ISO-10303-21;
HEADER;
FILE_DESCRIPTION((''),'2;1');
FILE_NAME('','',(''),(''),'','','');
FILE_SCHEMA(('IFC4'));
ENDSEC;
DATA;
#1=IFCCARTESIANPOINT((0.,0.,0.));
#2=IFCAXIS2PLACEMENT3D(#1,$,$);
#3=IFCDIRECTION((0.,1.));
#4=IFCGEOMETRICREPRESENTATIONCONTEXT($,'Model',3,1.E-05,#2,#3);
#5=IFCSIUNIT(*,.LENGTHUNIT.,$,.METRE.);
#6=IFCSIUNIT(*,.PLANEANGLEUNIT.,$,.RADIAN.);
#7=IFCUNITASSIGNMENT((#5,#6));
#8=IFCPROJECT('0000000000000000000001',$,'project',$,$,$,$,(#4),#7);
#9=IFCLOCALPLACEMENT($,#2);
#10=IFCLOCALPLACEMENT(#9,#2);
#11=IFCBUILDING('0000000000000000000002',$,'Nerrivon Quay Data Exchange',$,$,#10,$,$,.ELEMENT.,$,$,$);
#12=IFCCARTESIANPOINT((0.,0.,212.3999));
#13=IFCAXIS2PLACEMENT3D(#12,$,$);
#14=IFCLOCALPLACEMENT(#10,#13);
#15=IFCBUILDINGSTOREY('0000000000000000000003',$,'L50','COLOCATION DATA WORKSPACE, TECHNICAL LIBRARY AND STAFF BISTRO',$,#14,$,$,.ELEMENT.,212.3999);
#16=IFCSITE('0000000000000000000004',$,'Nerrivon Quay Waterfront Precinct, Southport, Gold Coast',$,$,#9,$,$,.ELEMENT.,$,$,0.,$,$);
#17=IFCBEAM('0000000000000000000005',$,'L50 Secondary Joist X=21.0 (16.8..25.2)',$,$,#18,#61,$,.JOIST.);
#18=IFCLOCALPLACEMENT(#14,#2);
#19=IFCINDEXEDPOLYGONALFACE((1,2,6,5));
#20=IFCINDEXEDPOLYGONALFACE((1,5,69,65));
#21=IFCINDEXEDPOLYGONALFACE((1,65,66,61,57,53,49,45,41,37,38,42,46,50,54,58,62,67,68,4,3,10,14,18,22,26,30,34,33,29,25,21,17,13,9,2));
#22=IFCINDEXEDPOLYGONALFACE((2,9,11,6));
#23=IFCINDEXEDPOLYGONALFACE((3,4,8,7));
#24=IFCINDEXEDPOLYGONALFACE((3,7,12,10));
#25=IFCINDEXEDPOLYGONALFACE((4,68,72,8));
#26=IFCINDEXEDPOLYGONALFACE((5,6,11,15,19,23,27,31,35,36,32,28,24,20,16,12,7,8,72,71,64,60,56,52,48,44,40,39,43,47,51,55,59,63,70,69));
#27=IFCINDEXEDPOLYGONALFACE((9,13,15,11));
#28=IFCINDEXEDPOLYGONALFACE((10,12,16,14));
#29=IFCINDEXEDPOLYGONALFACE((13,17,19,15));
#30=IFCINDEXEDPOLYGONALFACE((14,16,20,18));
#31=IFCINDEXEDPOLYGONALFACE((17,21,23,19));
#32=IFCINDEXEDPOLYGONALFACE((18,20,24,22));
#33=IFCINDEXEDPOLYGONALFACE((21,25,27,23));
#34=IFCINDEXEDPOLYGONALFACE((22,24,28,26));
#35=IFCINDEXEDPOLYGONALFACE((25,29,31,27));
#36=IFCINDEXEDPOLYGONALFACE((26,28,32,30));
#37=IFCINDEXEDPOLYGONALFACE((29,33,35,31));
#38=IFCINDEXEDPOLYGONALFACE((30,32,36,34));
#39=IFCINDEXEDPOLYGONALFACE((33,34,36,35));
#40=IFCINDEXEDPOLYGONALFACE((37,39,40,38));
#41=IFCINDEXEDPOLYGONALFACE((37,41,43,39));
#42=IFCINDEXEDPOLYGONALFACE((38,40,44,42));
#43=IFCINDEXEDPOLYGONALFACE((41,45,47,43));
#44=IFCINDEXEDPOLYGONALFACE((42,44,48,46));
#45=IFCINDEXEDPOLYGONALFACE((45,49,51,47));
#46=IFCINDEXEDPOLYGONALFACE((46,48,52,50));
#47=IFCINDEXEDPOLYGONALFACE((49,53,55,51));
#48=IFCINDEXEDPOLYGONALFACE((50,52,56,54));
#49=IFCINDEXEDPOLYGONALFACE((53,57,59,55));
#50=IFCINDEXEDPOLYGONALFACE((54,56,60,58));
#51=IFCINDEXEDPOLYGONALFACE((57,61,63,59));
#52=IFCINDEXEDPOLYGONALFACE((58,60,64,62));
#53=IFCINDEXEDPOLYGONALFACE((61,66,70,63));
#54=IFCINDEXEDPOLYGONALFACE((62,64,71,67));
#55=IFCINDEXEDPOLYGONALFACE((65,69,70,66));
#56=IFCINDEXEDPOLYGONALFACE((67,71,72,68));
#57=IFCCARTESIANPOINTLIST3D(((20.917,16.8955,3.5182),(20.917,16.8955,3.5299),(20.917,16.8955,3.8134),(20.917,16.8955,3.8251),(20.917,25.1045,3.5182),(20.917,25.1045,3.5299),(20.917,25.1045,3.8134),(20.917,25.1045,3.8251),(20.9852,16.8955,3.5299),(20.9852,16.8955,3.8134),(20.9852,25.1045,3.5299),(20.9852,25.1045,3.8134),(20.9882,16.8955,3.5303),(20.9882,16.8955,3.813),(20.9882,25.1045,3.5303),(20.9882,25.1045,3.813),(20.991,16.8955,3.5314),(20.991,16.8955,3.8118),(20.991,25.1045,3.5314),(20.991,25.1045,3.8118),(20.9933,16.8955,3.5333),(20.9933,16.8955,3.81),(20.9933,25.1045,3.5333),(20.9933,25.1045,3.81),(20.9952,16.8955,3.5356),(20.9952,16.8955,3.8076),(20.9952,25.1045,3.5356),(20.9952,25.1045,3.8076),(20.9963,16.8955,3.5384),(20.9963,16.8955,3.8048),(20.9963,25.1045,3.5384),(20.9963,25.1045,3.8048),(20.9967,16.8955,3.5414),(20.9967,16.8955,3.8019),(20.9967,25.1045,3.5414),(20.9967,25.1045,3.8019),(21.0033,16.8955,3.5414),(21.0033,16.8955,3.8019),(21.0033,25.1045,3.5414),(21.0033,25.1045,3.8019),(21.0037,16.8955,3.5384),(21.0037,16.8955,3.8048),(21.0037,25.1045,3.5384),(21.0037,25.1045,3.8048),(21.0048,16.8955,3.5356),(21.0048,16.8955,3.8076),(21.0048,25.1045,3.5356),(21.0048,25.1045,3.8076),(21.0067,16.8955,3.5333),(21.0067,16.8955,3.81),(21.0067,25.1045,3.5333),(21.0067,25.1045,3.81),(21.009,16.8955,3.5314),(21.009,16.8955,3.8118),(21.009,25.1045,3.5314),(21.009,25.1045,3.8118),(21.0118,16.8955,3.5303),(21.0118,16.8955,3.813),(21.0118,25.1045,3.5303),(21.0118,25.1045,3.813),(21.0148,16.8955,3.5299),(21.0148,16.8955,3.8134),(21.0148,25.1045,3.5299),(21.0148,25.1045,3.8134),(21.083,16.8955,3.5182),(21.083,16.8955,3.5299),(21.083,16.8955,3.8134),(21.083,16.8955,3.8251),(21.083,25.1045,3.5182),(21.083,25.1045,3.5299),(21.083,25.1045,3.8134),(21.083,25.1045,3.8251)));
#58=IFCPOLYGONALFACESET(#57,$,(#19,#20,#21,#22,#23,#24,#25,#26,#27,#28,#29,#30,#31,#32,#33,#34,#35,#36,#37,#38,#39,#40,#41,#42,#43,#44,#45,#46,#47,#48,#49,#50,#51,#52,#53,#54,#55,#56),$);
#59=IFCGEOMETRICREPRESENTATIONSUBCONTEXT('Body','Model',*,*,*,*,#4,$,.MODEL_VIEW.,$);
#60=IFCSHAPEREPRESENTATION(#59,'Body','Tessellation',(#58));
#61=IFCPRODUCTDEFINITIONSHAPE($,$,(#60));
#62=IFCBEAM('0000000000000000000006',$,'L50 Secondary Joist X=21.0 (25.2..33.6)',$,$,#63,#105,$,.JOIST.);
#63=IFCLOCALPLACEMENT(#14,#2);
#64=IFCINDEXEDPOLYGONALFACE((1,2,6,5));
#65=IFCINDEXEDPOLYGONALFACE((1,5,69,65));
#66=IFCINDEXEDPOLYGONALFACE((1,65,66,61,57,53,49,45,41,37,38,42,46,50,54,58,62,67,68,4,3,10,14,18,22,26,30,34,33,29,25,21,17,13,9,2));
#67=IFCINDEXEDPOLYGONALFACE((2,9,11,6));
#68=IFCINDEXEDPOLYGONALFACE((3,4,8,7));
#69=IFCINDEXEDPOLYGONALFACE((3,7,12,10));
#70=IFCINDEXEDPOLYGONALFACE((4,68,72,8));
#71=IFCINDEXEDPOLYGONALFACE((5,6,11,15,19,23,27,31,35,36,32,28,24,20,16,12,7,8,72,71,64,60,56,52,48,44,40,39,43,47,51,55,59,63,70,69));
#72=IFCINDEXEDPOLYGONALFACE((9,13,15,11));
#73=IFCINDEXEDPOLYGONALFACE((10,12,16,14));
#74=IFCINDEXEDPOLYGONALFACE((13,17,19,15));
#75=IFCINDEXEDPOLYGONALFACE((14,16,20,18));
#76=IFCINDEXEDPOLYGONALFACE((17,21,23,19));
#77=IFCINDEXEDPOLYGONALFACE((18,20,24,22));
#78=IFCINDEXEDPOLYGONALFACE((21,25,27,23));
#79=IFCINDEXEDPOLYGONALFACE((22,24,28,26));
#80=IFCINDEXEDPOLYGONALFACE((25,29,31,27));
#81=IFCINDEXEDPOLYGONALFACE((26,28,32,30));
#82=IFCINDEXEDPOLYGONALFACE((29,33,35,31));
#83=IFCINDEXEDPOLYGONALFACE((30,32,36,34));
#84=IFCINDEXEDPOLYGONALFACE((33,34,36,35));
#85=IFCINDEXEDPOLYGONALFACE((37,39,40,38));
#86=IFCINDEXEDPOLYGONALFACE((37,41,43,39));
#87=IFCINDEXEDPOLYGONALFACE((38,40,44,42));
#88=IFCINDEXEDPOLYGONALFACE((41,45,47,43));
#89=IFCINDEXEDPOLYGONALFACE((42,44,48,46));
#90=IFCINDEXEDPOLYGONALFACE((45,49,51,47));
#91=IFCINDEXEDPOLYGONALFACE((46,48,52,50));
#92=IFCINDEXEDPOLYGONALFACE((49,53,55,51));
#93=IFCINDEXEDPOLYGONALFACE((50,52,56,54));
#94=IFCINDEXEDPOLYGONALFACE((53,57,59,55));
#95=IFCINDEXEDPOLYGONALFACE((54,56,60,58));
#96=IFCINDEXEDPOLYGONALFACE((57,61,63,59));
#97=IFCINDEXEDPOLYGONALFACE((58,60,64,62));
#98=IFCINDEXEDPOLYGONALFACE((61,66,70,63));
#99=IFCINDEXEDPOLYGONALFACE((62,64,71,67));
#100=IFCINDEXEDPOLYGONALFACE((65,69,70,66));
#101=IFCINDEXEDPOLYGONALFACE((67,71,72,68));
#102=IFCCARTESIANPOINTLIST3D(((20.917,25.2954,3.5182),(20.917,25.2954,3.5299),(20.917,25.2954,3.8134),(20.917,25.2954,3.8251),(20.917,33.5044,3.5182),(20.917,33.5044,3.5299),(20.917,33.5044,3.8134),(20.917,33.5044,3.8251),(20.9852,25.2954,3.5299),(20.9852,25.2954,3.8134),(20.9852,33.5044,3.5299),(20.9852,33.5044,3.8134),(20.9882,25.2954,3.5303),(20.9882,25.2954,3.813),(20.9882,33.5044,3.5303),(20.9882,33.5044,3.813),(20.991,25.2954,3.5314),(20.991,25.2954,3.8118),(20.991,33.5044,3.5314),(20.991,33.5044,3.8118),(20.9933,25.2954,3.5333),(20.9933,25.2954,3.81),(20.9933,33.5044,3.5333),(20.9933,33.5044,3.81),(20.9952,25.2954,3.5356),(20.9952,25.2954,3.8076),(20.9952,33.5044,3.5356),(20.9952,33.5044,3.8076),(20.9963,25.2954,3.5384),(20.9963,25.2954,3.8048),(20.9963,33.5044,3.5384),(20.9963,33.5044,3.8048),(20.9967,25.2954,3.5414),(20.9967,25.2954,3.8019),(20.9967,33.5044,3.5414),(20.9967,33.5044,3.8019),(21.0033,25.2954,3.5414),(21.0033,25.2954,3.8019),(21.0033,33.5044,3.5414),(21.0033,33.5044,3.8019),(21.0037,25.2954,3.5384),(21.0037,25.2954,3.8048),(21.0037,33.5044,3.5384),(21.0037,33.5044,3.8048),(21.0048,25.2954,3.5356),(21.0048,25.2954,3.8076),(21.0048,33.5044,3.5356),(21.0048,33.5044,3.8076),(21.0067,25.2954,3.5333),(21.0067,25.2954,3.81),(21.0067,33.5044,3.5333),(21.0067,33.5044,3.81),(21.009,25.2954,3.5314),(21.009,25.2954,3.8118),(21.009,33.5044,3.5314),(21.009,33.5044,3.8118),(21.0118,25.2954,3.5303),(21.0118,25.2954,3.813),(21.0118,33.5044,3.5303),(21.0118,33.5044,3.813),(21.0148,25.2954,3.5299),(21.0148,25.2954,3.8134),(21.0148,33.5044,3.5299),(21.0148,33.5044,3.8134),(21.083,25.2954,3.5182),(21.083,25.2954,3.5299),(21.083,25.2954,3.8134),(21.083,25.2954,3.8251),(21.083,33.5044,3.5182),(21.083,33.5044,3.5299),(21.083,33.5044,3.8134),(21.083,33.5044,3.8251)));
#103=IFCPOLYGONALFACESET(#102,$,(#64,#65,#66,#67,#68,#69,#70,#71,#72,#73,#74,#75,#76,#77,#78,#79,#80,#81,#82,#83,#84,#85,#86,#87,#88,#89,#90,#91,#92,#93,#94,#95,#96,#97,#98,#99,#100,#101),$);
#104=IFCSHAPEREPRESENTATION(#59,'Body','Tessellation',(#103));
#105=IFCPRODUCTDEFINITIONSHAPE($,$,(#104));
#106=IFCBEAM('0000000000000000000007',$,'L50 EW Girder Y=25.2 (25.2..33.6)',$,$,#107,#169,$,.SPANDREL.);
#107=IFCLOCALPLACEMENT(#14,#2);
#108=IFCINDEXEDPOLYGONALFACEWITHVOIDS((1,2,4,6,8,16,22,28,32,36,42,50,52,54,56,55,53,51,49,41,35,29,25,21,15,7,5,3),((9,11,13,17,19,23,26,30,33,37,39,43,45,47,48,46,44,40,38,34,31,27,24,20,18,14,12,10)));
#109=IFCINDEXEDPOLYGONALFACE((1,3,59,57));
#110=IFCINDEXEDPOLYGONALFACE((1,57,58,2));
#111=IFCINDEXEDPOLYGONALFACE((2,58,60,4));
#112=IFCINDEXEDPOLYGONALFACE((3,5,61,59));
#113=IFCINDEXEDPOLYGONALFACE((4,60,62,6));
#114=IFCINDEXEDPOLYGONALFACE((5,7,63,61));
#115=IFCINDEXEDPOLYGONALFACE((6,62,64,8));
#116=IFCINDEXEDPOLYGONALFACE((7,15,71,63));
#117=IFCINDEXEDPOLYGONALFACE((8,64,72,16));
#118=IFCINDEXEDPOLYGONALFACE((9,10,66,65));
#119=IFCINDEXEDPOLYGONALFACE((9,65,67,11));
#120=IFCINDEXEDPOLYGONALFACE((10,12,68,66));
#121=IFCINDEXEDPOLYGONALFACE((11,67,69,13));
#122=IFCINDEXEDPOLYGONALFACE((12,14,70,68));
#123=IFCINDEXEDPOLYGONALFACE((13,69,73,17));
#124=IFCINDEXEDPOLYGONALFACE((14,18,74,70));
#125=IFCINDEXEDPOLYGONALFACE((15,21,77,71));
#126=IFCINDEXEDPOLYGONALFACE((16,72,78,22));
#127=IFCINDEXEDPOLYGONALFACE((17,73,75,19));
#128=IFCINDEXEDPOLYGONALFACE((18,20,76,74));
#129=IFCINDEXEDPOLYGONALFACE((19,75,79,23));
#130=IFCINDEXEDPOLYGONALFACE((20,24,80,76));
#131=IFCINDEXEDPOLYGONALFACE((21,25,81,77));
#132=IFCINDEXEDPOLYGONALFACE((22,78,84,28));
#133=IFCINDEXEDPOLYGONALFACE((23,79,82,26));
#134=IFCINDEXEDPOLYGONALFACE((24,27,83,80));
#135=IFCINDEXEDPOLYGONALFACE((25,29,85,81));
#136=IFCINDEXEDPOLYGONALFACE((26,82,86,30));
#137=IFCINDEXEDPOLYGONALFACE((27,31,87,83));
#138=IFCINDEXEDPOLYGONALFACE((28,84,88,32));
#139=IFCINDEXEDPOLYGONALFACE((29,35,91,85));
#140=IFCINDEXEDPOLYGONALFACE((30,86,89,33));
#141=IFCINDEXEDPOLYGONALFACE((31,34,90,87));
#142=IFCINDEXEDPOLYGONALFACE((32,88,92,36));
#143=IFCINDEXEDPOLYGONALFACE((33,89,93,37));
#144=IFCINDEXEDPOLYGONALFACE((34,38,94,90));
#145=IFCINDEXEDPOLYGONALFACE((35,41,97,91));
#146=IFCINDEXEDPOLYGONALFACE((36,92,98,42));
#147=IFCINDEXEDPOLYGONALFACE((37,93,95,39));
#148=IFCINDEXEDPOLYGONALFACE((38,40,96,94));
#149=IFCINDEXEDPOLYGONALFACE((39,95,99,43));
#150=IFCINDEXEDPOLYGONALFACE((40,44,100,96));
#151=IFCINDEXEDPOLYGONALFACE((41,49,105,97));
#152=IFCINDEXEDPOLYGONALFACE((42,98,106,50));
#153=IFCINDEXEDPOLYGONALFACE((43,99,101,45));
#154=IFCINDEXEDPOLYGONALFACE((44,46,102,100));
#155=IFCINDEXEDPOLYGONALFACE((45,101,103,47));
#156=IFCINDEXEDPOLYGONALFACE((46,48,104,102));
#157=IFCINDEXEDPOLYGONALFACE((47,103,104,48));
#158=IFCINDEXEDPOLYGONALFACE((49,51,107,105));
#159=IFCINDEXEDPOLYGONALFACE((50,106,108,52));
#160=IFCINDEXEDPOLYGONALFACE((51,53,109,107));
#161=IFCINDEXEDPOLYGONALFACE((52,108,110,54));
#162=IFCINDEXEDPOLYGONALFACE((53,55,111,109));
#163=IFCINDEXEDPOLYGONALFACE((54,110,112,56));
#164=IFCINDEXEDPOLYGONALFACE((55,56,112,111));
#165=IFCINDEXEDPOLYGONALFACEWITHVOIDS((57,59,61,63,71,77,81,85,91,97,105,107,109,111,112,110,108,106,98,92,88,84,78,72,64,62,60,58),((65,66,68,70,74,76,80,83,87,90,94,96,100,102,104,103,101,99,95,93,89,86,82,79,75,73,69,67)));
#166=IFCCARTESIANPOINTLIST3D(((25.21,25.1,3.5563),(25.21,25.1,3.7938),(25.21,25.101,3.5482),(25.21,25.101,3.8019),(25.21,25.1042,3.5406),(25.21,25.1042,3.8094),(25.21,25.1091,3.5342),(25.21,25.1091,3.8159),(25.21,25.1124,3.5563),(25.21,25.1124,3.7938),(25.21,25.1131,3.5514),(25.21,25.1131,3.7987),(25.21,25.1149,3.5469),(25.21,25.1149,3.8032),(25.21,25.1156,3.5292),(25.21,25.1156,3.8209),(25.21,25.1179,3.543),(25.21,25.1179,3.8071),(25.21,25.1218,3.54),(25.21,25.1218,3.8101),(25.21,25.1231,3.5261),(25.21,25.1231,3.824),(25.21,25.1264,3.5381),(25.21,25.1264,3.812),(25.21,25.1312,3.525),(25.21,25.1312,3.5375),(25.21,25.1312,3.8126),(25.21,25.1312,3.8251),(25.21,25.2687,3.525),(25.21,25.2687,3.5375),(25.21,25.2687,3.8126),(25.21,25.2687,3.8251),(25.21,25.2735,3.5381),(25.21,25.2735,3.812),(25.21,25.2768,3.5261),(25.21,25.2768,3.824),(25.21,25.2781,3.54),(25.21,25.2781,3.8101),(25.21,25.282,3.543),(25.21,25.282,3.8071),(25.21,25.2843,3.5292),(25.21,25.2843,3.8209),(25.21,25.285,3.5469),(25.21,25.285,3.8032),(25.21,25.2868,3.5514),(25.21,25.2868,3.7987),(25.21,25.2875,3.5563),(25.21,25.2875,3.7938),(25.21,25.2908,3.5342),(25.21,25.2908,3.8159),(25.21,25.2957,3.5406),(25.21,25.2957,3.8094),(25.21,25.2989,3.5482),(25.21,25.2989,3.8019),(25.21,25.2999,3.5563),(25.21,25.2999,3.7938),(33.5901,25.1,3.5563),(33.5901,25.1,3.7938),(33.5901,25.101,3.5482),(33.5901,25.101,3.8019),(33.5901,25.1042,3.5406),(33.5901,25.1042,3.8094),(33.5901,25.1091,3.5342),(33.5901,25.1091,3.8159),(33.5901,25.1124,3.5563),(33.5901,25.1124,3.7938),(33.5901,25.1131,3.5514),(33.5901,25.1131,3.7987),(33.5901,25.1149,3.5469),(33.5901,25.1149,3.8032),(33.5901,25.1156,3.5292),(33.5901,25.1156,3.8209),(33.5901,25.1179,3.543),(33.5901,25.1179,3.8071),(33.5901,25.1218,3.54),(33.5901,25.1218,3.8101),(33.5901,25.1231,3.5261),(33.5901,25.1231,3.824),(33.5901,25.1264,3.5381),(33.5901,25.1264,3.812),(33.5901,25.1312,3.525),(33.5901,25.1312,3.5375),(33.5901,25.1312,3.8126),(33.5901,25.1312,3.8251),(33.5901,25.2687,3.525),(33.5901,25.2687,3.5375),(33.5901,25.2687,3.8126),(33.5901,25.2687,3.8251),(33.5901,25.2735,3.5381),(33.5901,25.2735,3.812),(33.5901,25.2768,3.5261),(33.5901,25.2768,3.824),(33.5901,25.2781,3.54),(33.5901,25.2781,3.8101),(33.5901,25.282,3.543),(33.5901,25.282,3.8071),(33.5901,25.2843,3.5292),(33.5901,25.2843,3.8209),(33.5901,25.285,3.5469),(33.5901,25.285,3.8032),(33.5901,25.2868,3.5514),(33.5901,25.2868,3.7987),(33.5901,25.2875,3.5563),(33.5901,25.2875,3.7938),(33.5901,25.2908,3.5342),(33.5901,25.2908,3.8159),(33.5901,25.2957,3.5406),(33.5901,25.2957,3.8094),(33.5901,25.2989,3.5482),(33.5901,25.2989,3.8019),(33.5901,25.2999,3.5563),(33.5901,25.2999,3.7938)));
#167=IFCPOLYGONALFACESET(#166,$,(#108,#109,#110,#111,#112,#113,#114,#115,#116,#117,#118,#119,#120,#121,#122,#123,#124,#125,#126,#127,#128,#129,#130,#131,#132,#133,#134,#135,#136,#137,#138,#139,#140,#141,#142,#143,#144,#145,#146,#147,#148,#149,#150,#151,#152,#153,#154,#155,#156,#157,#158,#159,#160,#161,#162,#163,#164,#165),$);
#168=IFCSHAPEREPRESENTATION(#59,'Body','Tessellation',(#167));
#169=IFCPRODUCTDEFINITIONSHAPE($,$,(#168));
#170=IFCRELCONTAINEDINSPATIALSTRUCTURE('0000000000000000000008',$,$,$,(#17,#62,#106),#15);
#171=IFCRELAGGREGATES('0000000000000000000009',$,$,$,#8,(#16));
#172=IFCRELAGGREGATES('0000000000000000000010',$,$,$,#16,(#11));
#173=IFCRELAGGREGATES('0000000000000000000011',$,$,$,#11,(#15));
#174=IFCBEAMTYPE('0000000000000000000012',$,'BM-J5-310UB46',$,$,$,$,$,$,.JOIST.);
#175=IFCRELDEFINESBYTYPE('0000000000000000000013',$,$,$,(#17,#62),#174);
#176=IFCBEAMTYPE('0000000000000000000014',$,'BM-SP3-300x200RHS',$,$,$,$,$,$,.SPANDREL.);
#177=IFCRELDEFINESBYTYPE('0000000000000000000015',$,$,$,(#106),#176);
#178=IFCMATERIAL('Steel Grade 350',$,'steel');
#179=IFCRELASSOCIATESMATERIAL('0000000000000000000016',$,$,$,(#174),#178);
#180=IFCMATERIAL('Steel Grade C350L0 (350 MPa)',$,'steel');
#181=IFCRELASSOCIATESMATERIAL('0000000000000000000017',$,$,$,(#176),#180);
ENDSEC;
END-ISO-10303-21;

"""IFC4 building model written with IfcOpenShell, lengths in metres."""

from ifc_helpers import new_model, si_unit, direction, frame, origin, origin_2d, place, context, subcontext, project, spatial, hollow_rectangle, i_section, extrude, material, material_profile, profile_set, type_object, element, save


model = new_model("IFC4")

# Units and contexts
model_context = context("Model", 3, precision=1e-05, world=origin(), true_north=direction((0.0, 1.0)))
body_context = subcontext(model_context, "Body", "Model", "MODEL_VIEW")
ifc_project = project(units=[si_unit("LENGTHUNIT", "METRE"), si_unit("PLANEANGLEUNIT", "RADIAN")], contexts=[model_context])

# Site, building, storey
site_placement = place(None, origin())
site = spatial("IfcSite", under=ifc_project, at=site_placement, Name="Nerrivon Quay Waterfront Precinct, Southport, Gold Coast", CompositionType="ELEMENT", RefElevation=0.0)
building_placement = place(site_placement, origin())
building = spatial("IfcBuilding", under=site, at=building_placement, Name="Nerrivon Quay Data Exchange", CompositionType="ELEMENT")
storey_placement = place(building_placement, frame((0.0, 0.0, 212.3999)))
storey = spatial("IfcBuildingStorey", under=building, at=storey_placement, Name="L50", Description="COLOCATION DATA WORKSPACE, TECHNICAL LIBRARY AND STAFF BISTRO", CompositionType="ELEMENT", Elevation=212.3999)

# Shared definitions
ifc_material_1 = material(Name="Steel Grade 350", Category="steel")

# Beams
ifc_material_profile_1 = material_profile(ifc_material_1, i_section(OverallWidth=0.166, OverallDepth=0.3069, WebThickness=0.0066, FlangeThickness=0.0117, FilletRadius=0.0115, at=origin_2d()), Name="310UB46.2")
ifc_profile_set_1 = profile_set([ifc_material_profile_1], Name="Steel Grade 350")
beam_type_1 = type_object("IfcBeamType", Name="BM-J5-310UB46", PredefinedType="JOIST", material=ifc_profile_set_1)
for number, where, z_axis, x_axis, name in (
    (1, (21.0, 16.8955, 3.6716), (0.0, 1.0, 0.0), (-1.0, 0.0, 0.0), "L50 Secondary Joist X=21.0 (16.8..25.2)"),
    (2, (21.0, 25.2954, 3.6716), (0.0, 1.0, 0.0), (-1.0, 0.0, 0.0), "L50 Secondary Joist X=21.0 (25.2..33.6)"),
):
    element("IfcBeam", number, at=place(storey_placement, frame(where, z_axis=z_axis, x_axis=x_axis)), inside=storey, type_object=beam_type_1, Name=name, PredefinedType="JOIST", context=body_context, shape_type="SweptSolid", body=[
        extrude(i_section(OverallWidth=0.166, OverallDepth=0.3069, WebThickness=0.0066, FlangeThickness=0.0117, FilletRadius=0.0115, at=origin_2d()), origin(), (0.0, 0.0, 1.0), 8.209),
    ])
ifc_material_2 = material(Name="Steel Grade C350L0 (350 MPa)", Category="steel")
ifc_material_profile_2 = material_profile(ifc_material_2, hollow_rectangle(XDim=0.2, YDim=0.3, WallThickness=0.0125, InnerFilletRadius=0.0188, OuterFilletRadius=0.0312, at=origin_2d()), Name="300x200x12.5RHS")
ifc_profile_set_2 = profile_set([ifc_material_profile_2], Name="Steel Grade C350L0 (350 MPa)")
beam_type_2 = type_object("IfcBeamType", Name="BM-SP3-300x200RHS", PredefinedType="SPANDREL", material=ifc_profile_set_2)
beam_1_placement = place(storey_placement, frame((25.21, 25.2, 3.675), z_axis=(1.0, 0.0, 0.0), x_axis=(0.0, 1.0, 0.0)))
element("IfcBeam", 3, at=beam_1_placement, inside=storey, type_object=beam_type_2, Name="L50 EW Girder Y=25.2 (25.2..33.6)", PredefinedType="SPANDREL", context=body_context, shape_type="SweptSolid", body=[
    extrude(hollow_rectangle(XDim=0.2, YDim=0.3, WallThickness=0.0125, InnerFilletRadius=0.0188, OuterFilletRadius=0.0312, at=origin_2d()), origin(), (0.0, 0.0, 1.0), 8.3801),
])

save(model, "model.ifc")
